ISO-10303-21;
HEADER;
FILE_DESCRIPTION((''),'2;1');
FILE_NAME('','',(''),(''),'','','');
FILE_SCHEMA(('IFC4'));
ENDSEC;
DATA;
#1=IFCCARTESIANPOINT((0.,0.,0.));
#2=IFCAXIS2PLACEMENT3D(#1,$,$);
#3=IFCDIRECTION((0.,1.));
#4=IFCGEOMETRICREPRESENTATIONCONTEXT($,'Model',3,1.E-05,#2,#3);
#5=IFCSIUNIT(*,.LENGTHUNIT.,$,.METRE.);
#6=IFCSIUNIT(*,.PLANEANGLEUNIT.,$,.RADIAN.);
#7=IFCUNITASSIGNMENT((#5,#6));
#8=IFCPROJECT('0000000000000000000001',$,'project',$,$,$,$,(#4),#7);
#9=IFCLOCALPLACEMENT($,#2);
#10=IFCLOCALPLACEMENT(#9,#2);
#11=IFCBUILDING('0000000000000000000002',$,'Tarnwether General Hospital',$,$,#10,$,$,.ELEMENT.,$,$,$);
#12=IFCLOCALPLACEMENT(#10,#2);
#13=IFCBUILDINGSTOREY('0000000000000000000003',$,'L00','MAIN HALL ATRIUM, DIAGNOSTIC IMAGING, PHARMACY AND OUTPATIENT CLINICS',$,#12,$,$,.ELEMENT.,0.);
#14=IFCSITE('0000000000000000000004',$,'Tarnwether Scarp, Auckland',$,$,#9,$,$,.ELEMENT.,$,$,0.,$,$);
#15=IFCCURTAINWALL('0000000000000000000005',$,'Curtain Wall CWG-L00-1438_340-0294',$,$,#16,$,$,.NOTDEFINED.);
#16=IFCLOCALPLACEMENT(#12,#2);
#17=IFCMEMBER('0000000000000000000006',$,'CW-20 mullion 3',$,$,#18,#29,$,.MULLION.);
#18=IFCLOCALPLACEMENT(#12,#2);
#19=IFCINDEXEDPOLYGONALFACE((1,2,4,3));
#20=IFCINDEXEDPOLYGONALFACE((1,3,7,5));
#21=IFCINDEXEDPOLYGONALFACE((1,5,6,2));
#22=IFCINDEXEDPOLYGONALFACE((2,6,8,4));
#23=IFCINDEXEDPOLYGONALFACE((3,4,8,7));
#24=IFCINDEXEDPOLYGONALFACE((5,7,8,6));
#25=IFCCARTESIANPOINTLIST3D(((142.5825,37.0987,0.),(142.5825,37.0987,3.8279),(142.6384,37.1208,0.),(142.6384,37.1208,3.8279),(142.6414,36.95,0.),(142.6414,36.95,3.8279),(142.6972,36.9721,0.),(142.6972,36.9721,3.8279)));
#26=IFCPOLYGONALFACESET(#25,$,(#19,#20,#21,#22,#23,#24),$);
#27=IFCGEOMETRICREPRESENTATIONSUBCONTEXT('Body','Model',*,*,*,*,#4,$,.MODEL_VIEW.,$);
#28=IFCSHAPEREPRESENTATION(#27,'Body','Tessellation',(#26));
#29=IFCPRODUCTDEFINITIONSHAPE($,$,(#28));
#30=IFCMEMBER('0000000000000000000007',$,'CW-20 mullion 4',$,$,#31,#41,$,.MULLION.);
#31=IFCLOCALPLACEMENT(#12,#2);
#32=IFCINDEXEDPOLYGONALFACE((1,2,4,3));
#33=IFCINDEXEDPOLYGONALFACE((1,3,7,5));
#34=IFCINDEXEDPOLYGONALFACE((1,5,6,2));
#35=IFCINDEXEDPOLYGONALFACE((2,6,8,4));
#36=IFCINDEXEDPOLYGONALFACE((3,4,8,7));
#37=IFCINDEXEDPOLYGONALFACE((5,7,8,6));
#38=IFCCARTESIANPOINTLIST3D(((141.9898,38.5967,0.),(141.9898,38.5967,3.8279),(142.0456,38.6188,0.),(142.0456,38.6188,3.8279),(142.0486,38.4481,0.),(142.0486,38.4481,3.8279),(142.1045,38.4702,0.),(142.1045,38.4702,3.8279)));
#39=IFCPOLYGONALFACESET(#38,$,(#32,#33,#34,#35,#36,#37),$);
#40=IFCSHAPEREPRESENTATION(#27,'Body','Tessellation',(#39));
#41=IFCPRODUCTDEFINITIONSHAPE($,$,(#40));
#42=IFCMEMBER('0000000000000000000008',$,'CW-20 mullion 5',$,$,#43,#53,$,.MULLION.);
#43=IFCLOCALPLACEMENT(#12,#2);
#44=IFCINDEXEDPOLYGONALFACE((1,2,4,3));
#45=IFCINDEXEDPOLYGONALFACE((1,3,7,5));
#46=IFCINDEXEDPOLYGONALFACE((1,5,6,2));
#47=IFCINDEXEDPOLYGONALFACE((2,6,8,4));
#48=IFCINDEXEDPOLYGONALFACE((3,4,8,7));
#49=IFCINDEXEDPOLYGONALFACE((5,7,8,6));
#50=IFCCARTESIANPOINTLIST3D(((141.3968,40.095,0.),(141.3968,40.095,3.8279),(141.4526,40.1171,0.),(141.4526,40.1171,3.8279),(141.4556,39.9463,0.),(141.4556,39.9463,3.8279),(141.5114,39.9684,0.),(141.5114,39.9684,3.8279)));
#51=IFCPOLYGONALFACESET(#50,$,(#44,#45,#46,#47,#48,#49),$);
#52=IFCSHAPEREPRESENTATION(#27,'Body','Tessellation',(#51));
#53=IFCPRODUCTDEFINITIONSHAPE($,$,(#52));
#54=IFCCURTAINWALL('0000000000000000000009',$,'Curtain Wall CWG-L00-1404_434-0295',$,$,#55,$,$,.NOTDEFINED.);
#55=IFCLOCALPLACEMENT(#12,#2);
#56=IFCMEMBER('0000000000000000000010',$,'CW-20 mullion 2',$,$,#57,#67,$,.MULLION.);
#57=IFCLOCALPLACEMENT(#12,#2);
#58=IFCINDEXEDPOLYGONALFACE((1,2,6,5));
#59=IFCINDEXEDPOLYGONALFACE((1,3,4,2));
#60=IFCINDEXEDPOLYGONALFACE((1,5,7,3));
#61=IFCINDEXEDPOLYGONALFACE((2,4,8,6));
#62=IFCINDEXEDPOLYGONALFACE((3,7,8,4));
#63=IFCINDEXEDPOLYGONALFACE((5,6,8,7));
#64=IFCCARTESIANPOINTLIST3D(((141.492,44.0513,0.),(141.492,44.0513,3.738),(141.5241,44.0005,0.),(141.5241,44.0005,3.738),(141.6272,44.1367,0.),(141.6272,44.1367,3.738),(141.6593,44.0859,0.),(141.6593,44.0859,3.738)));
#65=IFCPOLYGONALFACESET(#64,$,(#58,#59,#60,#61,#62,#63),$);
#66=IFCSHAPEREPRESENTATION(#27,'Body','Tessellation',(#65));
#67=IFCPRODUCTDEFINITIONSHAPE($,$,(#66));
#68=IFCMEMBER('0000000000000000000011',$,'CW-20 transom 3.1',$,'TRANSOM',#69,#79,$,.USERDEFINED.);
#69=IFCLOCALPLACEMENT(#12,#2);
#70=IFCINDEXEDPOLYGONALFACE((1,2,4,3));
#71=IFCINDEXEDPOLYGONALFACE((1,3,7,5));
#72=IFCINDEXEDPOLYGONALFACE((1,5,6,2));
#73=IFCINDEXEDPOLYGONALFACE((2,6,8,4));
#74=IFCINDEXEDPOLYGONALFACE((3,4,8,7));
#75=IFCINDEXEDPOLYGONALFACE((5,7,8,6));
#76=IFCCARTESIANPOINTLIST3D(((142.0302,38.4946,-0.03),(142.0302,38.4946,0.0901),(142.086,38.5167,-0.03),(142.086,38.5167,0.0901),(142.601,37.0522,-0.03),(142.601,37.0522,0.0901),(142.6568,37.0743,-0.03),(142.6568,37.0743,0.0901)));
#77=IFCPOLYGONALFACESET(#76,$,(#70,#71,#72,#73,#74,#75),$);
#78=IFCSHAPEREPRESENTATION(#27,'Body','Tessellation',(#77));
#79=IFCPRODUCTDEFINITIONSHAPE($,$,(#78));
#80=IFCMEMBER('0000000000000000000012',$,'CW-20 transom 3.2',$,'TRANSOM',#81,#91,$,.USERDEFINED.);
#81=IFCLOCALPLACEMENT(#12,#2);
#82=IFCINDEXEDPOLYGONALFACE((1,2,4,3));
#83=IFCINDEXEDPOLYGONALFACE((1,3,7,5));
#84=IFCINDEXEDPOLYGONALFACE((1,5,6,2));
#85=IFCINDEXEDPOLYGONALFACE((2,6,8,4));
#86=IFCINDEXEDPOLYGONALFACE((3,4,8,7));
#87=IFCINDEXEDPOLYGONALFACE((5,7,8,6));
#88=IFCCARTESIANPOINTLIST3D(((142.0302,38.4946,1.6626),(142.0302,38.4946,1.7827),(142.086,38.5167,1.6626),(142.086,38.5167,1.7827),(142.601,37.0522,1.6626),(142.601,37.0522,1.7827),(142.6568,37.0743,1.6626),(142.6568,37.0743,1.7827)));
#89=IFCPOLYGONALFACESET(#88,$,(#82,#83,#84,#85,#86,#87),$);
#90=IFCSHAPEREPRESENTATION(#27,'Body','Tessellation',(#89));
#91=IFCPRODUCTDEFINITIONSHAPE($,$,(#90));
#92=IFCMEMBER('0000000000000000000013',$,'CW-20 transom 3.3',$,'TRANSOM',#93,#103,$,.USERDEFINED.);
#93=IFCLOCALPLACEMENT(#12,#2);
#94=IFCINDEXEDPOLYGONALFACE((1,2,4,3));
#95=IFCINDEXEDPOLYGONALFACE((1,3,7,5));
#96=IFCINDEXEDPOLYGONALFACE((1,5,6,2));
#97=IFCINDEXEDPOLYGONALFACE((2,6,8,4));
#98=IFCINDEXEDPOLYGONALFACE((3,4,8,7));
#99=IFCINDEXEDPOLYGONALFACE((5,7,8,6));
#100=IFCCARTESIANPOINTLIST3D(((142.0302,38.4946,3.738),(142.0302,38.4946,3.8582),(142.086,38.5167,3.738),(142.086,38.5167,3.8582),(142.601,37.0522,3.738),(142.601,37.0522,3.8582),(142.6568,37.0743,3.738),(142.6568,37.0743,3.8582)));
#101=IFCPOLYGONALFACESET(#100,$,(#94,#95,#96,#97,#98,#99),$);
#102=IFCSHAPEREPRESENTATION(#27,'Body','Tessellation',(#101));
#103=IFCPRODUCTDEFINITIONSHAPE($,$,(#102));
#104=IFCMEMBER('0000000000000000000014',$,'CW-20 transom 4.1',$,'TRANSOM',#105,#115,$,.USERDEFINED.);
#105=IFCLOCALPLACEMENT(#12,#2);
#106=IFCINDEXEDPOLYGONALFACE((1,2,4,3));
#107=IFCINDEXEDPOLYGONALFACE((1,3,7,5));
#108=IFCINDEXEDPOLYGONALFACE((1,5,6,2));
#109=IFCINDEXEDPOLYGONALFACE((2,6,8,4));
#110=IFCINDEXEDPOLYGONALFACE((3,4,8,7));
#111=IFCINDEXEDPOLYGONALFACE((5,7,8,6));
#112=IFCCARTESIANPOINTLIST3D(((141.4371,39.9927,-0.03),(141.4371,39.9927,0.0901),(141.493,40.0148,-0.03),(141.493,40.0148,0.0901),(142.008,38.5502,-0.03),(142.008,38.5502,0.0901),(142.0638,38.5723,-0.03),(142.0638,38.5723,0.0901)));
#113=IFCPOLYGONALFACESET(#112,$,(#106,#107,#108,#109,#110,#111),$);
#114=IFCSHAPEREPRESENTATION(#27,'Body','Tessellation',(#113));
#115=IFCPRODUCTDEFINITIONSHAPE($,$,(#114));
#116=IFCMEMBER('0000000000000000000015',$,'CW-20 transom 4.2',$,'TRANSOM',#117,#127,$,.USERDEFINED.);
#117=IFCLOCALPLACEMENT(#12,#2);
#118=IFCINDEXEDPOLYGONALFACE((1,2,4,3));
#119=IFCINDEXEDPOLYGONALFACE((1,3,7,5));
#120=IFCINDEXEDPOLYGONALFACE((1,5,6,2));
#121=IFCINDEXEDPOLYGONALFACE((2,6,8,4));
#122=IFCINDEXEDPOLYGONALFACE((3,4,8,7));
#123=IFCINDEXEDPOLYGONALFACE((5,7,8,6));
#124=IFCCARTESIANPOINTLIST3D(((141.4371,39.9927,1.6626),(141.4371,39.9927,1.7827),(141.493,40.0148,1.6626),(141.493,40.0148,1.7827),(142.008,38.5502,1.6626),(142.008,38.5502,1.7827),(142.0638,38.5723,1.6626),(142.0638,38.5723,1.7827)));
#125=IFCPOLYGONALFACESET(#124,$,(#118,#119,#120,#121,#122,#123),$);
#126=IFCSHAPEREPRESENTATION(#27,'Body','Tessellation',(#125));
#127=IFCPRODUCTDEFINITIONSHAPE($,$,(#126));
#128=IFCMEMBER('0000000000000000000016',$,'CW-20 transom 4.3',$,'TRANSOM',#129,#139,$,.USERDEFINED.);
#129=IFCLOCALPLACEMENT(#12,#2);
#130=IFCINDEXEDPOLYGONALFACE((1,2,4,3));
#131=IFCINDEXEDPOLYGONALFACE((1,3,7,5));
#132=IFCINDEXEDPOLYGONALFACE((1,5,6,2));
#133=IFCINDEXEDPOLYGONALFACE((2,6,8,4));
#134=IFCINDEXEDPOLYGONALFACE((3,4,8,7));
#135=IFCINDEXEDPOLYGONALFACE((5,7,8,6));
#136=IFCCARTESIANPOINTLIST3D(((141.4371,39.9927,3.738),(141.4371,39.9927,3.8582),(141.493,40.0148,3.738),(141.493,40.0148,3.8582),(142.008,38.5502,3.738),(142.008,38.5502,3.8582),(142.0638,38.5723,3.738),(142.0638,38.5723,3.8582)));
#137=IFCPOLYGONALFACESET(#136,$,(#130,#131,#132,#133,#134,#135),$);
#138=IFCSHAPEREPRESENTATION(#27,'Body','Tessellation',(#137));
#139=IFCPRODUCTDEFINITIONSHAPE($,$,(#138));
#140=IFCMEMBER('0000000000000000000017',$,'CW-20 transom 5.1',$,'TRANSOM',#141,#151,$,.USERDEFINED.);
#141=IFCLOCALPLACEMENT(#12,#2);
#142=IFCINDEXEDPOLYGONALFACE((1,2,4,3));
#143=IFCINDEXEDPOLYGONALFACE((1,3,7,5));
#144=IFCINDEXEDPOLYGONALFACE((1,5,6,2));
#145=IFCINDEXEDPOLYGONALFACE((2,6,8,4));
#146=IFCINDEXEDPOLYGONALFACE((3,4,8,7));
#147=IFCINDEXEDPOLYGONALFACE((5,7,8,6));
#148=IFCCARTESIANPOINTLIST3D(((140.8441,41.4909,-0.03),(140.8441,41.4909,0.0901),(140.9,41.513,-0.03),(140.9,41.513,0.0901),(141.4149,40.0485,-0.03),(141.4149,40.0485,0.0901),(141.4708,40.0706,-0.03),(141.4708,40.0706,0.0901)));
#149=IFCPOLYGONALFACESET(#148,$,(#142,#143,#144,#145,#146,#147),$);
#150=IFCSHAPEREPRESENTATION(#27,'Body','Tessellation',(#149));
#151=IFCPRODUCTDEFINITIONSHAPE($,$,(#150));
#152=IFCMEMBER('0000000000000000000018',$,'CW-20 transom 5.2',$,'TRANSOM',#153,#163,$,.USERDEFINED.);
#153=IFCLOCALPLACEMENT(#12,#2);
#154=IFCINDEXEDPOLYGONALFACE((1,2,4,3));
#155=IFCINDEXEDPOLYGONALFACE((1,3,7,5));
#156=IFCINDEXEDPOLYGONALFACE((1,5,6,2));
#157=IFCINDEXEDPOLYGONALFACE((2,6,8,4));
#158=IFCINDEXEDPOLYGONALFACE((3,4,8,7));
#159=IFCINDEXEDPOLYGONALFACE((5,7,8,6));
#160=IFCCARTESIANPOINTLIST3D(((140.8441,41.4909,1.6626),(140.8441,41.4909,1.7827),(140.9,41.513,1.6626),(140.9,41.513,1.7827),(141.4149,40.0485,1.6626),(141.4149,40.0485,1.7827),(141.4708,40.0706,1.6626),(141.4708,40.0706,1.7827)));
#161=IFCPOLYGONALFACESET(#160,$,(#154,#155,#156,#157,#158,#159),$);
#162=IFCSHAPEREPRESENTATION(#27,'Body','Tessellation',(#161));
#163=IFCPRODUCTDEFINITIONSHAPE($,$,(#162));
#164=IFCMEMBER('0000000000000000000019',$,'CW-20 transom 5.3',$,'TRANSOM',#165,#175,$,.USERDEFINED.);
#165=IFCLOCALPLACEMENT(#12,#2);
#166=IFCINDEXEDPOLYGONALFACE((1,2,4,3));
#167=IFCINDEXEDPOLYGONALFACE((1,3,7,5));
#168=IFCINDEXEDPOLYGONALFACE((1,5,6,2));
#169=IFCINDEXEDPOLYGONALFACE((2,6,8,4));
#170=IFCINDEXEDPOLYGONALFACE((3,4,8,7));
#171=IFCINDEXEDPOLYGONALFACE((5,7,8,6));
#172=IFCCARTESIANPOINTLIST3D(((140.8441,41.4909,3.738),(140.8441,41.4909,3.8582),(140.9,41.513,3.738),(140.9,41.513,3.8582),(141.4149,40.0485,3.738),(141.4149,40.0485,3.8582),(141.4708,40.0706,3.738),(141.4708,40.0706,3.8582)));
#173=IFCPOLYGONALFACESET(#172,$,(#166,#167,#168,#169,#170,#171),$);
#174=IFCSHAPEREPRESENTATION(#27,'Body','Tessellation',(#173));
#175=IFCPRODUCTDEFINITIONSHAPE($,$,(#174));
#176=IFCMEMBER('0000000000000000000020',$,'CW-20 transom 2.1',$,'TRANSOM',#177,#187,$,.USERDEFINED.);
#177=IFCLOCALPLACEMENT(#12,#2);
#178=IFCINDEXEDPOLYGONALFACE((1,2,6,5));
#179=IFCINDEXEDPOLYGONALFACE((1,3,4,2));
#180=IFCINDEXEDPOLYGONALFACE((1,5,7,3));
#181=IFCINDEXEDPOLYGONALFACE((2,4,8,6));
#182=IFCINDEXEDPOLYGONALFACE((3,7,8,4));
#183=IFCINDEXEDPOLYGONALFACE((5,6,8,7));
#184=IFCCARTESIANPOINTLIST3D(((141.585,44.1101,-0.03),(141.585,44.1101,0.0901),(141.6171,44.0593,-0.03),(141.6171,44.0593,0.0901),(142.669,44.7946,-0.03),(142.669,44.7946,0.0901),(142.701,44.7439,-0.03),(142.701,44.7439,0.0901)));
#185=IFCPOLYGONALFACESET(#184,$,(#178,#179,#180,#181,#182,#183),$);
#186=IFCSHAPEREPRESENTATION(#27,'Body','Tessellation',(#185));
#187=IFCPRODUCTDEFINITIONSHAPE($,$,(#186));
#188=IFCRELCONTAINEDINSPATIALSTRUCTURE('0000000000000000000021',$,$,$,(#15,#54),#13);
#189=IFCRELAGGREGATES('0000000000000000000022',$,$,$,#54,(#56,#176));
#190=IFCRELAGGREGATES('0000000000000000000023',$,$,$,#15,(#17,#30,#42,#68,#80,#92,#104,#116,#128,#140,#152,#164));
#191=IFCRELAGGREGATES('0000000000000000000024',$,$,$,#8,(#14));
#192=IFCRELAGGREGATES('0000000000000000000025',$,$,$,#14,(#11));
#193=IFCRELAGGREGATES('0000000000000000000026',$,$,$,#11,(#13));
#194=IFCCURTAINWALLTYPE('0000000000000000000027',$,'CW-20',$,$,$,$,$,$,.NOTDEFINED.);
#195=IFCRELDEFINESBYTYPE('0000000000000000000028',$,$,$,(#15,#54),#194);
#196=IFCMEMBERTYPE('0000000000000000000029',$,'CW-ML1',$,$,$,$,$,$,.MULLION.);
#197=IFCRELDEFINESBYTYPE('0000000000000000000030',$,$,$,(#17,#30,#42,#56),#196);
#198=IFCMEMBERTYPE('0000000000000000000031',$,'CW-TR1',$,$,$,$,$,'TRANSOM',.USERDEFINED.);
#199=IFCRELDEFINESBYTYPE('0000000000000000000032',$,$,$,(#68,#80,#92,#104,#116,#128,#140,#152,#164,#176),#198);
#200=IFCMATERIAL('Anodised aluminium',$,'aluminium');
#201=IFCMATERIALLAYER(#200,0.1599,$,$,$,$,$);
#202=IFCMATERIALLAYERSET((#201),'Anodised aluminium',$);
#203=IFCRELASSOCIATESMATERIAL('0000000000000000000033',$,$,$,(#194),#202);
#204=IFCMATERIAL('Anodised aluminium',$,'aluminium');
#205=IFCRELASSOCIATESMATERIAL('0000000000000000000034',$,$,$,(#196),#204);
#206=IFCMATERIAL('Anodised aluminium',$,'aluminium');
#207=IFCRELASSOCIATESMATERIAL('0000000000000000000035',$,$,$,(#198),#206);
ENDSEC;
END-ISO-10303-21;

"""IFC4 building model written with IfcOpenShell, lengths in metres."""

from ifc_helpers import new_model, si_unit, direction, frame, origin, origin_2d, place, context, subcontext, project, spatial, rectangle, extrude, material, layer, layer_set, material_profile, profile_set, type_object, element, aggregate, save


model = new_model("IFC4")

# Units and contexts
model_context = context("Model", 3, precision=1e-05, world=origin(), true_north=direction((0.0, 1.0)))
body_context = subcontext(model_context, "Body", "Model", "MODEL_VIEW")
ifc_project = project(units=[si_unit("LENGTHUNIT", "METRE"), si_unit("PLANEANGLEUNIT", "RADIAN")], contexts=[model_context])

# Site, building, storey
site_placement = place(None, origin())
site = spatial("IfcSite", under=ifc_project, at=site_placement, Name="Tarnwether Scarp, Auckland", CompositionType="ELEMENT", RefElevation=0.0)
building_placement = place(site_placement, origin())
building = spatial("IfcBuilding", under=site, at=building_placement, Name="Tarnwether General Hospital", CompositionType="ELEMENT")
storey_placement = place(building_placement, origin())
storey = spatial("IfcBuildingStorey", under=building, at=storey_placement, Name="L00", Description="MAIN HALL ATRIUM, DIAGNOSTIC IMAGING, PHARMACY AND OUTPATIENT CLINICS", CompositionType="ELEMENT", Elevation=0.0)

# Curtain wall, members
ifc_material_1 = material(Name="Anodised aluminium", Category="aluminium")
ifc_layer_1 = layer(ifc_material_1, 0.1599)
ifc_layer_set_1 = layer_set([ifc_layer_1], Name="Anodised aluminium")
curtain_wall_type = type_object("IfcCurtainWallType", Name="CW-20", PredefinedType="NOTDEFINED", material=ifc_layer_set_1)
curtain_wall_1_placement = place(storey_placement, origin())
curtain_wall_1 = element("IfcCurtainWall", 1, at=curtain_wall_1_placement, inside=storey, type_object=curtain_wall_type, Name="Curtain Wall CWG-L00-1438_340-0294", PredefinedType="NOTDEFINED")
ifc_material_2 = material(Name="Anodised aluminium", Category="aluminium")
ifc_material_profile_1 = material_profile(ifc_material_2, rectangle(XDim=0.0601, YDim=0.1599, at=origin_2d()), Name="ALU-MUL-60x160")
ifc_profile_set_1 = profile_set([ifc_material_profile_1], Name="Anodised aluminium")
member_type_1 = type_object("IfcMemberType", Name="CW-ML1", PredefinedType="MULLION", material=ifc_profile_set_1)
member_1_placement = place(storey_placement, frame((142.6399, 37.0354, 0.0), z_axis=(0.0, 0.0, 1.0), x_axis=(-0.929812, -0.368035, 0.0)))
member_1 = element("IfcMember", 2, at=member_1_placement, type_object=member_type_1, Name="CW-20 mullion 3", PredefinedType="MULLION", context=body_context, shape_type="SweptSolid", body=[
    extrude(rectangle(XDim=0.0601, YDim=0.1599, at=origin_2d()), origin(), (0.0, 0.0, 1.0), 3.8279),
])
member_2_placement = place(storey_placement, frame((142.0471, 38.5334, 0.0), z_axis=(0.0, 0.0, 1.0), x_axis=(-0.929812, -0.368035, 0.0)))
member_2 = element("IfcMember", 3, at=member_2_placement, type_object=member_type_1, Name="CW-20 mullion 4", PredefinedType="MULLION", context=body_context, shape_type="SweptSolid", body=[
    extrude(rectangle(XDim=0.0601, YDim=0.1599, at=origin_2d()), origin(), (0.0, 0.0, 1.0), 3.8279),
])
member_3_placement = place(storey_placement, frame((141.4541, 40.0317, 0.0), z_axis=(0.0, 0.0, 1.0), x_axis=(-0.929812, -0.368035, 0.0)))
member_3 = element("IfcMember", 4, at=member_3_placement, type_object=member_type_1, Name="CW-20 mullion 5", PredefinedType="MULLION", context=body_context, shape_type="SweptSolid", body=[
    extrude(rectangle(XDim=0.0601, YDim=0.1599, at=origin_2d()), origin(), (0.0, 0.0, 1.0), 3.8279),
])

# Curtain wall, member
curtain_wall_2_placement = place(storey_placement, origin())
curtain_wall_2 = element("IfcCurtainWall", 5, at=curtain_wall_2_placement, inside=storey, type_object=curtain_wall_type, Name="Curtain Wall CWG-L00-1404_434-0295", PredefinedType="NOTDEFINED")
member_4_placement = place(storey_placement, frame((141.5757, 44.0686, 0.0), z_axis=(0.0, 0.0, 1.0), x_axis=(-0.534012, 0.845477, 0.0)))
member_4 = element("IfcMember", 6, at=member_4_placement, type_object=member_type_1, Name="CW-20 mullion 2", PredefinedType="MULLION", context=body_context, shape_type="SweptSolid", body=[
    extrude(rectangle(XDim=0.0601, YDim=0.1599, at=origin_2d()), origin(), (0.0, 0.0, 1.0), 3.738),
])

# Members
ifc_material_3 = material(Name="Anodised aluminium", Category="aluminium")
ifc_material_profile_2 = material_profile(ifc_material_3, rectangle(XDim=0.0601, YDim=0.1201, at=origin_2d()), Name="ALU-TRN-60x120")
ifc_profile_set_2 = profile_set([ifc_material_profile_2], Name="Anodised aluminium")
member_type_2 = type_object("IfcMemberType", Name="CW-TR1", ElementType="TRANSOM", PredefinedType="USERDEFINED", material=ifc_profile_set_2)
member_5_placement = place(storey_placement, frame((142.6289, 37.0632, 0.03), z_axis=(-0.367969, 0.929838, 0.0), x_axis=(-0.929838, -0.367969, 0.0)))
member_5 = element("IfcMember", 7, at=member_5_placement, type_object=member_type_2, Name="CW-20 transom 3.1", ObjectType="TRANSOM", PredefinedType="USERDEFINED", context=body_context, shape_type="SweptSolid", body=[
    extrude(rectangle(XDim=0.0601, YDim=0.1201, at=origin_2d()), origin(), (0.0, 0.0, 1.0), 1.5513),
])
member_6_placement = place(storey_placement, frame((142.6289, 37.0632, 1.7227), z_axis=(-0.367969, 0.929838, 0.0), x_axis=(-0.929838, -0.367969, 0.0)))
member_6 = element("IfcMember", 8, at=member_6_placement, type_object=member_type_2, Name="CW-20 transom 3.2", ObjectType="TRANSOM", PredefinedType="USERDEFINED", context=body_context, shape_type="SweptSolid", body=[
    extrude(rectangle(XDim=0.0601, YDim=0.1201, at=origin_2d()), origin(), (0.0, 0.0, 1.0), 1.5513),
])
member_7_placement = place(storey_placement, frame((142.6289, 37.0632, 3.7981), z_axis=(-0.367969, 0.929838, 0.0), x_axis=(-0.929838, -0.367969, 0.0)))
member_7 = element("IfcMember", 9, at=member_7_placement, type_object=member_type_2, Name="CW-20 transom 3.3", ObjectType="TRANSOM", PredefinedType="USERDEFINED", context=body_context, shape_type="SweptSolid", body=[
    extrude(rectangle(XDim=0.0601, YDim=0.1201, at=origin_2d()), origin(), (0.0, 0.0, 1.0), 1.5513),
])
member_8_placement = place(storey_placement, frame((142.0359, 38.5613, 0.03), z_axis=(-0.367969, 0.929838, 0.0), x_axis=(-0.929838, -0.367969, 0.0)))
member_8 = element("IfcMember", 10, at=member_8_placement, type_object=member_type_2, Name="CW-20 transom 4.1", ObjectType="TRANSOM", PredefinedType="USERDEFINED", context=body_context, shape_type="SweptSolid", body=[
    extrude(rectangle(XDim=0.0601, YDim=0.1201, at=origin_2d()), origin(), (0.0, 0.0, 1.0), 1.5513),
])
member_9_placement = place(storey_placement, frame((142.0359, 38.5613, 1.7227), z_axis=(-0.367969, 0.929838, 0.0), x_axis=(-0.929838, -0.367969, 0.0)))
member_9 = element("IfcMember", 11, at=member_9_placement, type_object=member_type_2, Name="CW-20 transom 4.2", ObjectType="TRANSOM", PredefinedType="USERDEFINED", context=body_context, shape_type="SweptSolid", body=[
    extrude(rectangle(XDim=0.0601, YDim=0.1201, at=origin_2d()), origin(), (0.0, 0.0, 1.0), 1.5513),
])
member_10_placement = place(storey_placement, frame((142.0359, 38.5613, 3.7981), z_axis=(-0.367969, 0.929838, 0.0), x_axis=(-0.929838, -0.367969, 0.0)))
member_10 = element("IfcMember", 12, at=member_10_placement, type_object=member_type_2, Name="CW-20 transom 4.3", ObjectType="TRANSOM", PredefinedType="USERDEFINED", context=body_context, shape_type="SweptSolid", body=[
    extrude(rectangle(XDim=0.0601, YDim=0.1201, at=origin_2d()), origin(), (0.0, 0.0, 1.0), 1.5513),
])
member_11_placement = place(storey_placement, frame((141.4429, 40.0596, 0.03), z_axis=(-0.367969, 0.929838, 0.0), x_axis=(-0.929838, -0.367969, 0.0)))
member_11 = element("IfcMember", 13, at=member_11_placement, type_object=member_type_2, Name="CW-20 transom 5.1", ObjectType="TRANSOM", PredefinedType="USERDEFINED", context=body_context, shape_type="SweptSolid", body=[
    extrude(rectangle(XDim=0.0601, YDim=0.1201, at=origin_2d()), origin(), (0.0, 0.0, 1.0), 1.5513),
])
member_12_placement = place(storey_placement, frame((141.4429, 40.0596, 1.7227), z_axis=(-0.367969, 0.929838, 0.0), x_axis=(-0.929838, -0.367969, 0.0)))
member_12 = element("IfcMember", 14, at=member_12_placement, type_object=member_type_2, Name="CW-20 transom 5.2", ObjectType="TRANSOM", PredefinedType="USERDEFINED", context=body_context, shape_type="SweptSolid", body=[
    extrude(rectangle(XDim=0.0601, YDim=0.1201, at=origin_2d()), origin(), (0.0, 0.0, 1.0), 1.5513),
])
member_13_placement = place(storey_placement, frame((141.4429, 40.0596, 3.7981), z_axis=(-0.367969, 0.929838, 0.0), x_axis=(-0.929838, -0.367969, 0.0)))
member_13 = element("IfcMember", 15, at=member_13_placement, type_object=member_type_2, Name="CW-20 transom 5.3", ObjectType="TRANSOM", PredefinedType="USERDEFINED", context=body_context, shape_type="SweptSolid", body=[
    extrude(rectangle(XDim=0.0601, YDim=0.1201, at=origin_2d()), origin(), (0.0, 0.0, 1.0), 1.5513),
])
member_14_placement = place(storey_placement, frame((141.6011, 44.0847, 0.03), z_axis=(0.845507, 0.533964, 0.0), x_axis=(-0.533964, 0.845507, 0.0)))
member_14 = element("IfcMember", 16, at=member_14_placement, type_object=member_type_2, Name="CW-20 transom 2.1", ObjectType="TRANSOM", PredefinedType="USERDEFINED", context=body_context, shape_type="SweptSolid", body=[
    extrude(rectangle(XDim=0.0601, YDim=0.1201, at=origin_2d()), origin(), (0.0, 0.0, 1.0), 1.282),
])
aggregate(curtain_wall_2, [member_4, member_14])

aggregate(curtain_wall_1, [member_1, member_2, member_3, member_5, member_6, member_7, member_8, member_9, member_10, member_11, member_12, member_13])

save(model, "model.ifc")
